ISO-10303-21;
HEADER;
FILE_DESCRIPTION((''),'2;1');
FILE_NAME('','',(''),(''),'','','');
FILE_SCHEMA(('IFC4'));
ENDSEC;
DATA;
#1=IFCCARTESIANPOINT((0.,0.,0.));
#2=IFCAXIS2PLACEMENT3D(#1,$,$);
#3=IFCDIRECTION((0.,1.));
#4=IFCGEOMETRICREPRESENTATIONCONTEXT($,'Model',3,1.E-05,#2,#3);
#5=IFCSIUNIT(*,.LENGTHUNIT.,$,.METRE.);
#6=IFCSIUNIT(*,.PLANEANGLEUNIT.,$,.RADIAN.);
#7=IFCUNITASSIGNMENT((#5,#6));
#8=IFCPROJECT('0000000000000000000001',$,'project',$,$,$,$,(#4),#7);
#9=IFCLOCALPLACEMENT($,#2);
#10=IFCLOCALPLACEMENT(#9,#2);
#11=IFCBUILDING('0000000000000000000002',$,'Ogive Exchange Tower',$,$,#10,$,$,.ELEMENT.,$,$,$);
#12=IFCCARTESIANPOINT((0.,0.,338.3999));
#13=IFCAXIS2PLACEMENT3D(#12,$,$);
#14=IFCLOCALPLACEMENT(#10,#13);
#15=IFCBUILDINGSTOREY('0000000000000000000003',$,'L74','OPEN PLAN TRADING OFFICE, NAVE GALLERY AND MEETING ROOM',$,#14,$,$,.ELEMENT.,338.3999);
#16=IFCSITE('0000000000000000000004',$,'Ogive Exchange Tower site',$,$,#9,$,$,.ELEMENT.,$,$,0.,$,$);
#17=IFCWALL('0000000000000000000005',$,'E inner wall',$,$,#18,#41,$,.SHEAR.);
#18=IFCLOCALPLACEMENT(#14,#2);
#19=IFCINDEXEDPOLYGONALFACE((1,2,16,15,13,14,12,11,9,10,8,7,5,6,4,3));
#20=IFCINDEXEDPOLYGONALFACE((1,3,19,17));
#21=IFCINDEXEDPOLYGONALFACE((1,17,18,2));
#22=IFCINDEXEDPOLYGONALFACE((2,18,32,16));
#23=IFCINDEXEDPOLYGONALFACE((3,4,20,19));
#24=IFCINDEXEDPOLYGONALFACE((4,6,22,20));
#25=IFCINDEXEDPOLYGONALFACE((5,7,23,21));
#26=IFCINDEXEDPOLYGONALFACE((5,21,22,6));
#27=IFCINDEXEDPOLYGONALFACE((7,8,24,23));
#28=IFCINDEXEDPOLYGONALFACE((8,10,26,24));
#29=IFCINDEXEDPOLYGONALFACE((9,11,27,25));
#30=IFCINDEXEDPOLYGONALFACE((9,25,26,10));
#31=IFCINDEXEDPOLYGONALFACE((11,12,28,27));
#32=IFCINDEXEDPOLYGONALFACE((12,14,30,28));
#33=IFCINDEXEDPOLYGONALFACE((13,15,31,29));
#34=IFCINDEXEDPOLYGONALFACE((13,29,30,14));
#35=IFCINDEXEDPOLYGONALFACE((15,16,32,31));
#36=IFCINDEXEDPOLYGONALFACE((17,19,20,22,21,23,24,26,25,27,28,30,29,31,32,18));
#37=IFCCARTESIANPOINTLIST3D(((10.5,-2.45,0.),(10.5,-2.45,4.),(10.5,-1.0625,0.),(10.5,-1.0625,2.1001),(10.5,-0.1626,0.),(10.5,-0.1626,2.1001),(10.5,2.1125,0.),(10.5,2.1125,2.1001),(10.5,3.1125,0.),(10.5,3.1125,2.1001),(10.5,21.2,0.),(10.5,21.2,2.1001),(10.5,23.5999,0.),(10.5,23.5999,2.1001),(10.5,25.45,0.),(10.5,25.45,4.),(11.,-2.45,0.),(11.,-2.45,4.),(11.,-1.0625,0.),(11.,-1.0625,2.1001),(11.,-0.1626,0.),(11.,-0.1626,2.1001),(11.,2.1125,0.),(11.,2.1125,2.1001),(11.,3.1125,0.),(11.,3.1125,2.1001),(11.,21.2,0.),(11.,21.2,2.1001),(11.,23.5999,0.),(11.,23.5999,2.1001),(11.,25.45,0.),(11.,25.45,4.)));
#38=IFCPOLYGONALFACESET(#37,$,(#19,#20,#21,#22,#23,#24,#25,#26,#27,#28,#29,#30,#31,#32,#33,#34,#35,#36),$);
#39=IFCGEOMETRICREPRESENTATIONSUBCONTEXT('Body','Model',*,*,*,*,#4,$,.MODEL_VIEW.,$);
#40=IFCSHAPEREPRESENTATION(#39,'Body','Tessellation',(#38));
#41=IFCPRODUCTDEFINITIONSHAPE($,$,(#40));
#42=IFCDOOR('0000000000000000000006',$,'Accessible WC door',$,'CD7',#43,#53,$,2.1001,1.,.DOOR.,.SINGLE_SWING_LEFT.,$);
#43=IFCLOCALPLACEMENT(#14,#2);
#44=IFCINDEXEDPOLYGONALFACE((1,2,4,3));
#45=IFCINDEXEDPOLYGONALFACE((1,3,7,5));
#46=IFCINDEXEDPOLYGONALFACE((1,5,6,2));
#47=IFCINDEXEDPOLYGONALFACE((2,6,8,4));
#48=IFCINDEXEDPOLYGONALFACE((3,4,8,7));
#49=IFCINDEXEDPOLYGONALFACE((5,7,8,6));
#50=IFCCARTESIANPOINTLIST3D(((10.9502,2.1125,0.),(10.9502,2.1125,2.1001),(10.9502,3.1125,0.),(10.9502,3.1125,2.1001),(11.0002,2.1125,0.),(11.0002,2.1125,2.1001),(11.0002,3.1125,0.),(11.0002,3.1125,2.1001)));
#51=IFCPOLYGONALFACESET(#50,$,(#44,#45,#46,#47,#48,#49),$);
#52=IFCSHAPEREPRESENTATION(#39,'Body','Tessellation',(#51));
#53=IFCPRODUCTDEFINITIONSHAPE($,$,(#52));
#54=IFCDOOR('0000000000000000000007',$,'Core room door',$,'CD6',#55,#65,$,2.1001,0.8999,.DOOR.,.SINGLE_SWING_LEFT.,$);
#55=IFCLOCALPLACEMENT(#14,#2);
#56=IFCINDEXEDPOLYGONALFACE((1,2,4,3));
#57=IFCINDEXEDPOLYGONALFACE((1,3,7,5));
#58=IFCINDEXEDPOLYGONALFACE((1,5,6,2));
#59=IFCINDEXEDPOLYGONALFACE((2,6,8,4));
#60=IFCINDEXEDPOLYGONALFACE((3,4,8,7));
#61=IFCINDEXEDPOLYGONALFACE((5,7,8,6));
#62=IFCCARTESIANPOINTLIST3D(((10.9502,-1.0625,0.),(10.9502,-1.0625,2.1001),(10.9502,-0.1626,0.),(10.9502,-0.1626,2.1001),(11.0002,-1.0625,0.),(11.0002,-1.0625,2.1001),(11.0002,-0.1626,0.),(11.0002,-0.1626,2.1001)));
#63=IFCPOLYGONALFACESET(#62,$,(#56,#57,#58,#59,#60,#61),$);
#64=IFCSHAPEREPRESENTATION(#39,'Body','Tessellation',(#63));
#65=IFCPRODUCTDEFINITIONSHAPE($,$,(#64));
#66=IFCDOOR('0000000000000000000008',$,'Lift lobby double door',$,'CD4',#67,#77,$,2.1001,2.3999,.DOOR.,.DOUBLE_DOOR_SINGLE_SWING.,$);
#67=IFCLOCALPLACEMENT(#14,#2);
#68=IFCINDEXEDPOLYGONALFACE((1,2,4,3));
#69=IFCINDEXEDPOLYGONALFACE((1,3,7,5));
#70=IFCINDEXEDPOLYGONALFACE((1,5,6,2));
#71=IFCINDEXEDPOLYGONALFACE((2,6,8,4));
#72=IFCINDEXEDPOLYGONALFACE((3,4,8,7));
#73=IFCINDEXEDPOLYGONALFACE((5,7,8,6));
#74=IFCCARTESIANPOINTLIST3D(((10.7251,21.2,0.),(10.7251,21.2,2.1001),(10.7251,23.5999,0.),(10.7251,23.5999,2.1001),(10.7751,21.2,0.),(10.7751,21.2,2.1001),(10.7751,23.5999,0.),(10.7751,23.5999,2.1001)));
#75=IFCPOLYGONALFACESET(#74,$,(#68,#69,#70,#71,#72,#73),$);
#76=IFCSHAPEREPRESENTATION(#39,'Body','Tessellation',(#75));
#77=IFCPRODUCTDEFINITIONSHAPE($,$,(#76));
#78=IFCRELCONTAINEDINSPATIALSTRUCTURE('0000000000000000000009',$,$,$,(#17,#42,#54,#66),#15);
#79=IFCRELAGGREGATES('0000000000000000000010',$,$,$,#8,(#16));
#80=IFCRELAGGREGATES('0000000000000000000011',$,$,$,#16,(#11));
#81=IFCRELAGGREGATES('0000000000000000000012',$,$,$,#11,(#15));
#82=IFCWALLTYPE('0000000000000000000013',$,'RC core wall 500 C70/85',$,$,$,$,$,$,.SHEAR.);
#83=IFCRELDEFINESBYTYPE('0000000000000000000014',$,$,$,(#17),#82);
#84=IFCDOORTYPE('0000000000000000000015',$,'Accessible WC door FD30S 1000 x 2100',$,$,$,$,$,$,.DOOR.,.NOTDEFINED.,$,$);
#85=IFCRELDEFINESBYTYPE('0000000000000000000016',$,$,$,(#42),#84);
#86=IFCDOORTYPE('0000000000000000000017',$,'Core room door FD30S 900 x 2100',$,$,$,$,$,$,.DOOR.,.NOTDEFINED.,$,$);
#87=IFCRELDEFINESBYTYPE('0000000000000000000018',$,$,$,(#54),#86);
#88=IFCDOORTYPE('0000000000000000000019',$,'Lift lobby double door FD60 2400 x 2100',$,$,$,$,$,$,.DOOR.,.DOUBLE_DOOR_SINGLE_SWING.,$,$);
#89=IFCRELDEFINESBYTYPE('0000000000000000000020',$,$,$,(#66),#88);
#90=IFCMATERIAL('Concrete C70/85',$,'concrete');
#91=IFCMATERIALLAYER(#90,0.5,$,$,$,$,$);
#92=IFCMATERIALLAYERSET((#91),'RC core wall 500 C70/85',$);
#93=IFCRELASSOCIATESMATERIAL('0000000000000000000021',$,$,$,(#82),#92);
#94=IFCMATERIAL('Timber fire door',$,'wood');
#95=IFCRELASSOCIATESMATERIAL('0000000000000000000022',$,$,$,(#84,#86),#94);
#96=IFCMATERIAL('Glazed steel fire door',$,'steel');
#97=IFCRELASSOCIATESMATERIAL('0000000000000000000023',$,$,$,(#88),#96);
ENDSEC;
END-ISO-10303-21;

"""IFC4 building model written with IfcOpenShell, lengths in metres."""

from ifc_helpers import new_model, si_unit, direction, frame, frame_2d, origin, place, context, subcontext, project, spatial, rectangle, extrude, material, layer, layer_set, type_object, element, fill, save


model = new_model("IFC4")

# Units and contexts
model_context = context("Model", 3, precision=1e-05, world=origin(), true_north=direction((0.0, 1.0)))
body_context = subcontext(model_context, "Body", "Model", "MODEL_VIEW")
ifc_project = project(units=[si_unit("LENGTHUNIT", "METRE"), si_unit("PLANEANGLEUNIT", "RADIAN")], contexts=[model_context])

# Site, building, storey
site_placement = place(None, origin())
site = spatial("IfcSite", under=ifc_project, at=site_placement, Name="Ogive Exchange Tower site", CompositionType="ELEMENT", RefElevation=0.0)
building_placement = place(site_placement, origin())
building = spatial("IfcBuilding", under=site, at=building_placement, Name="Ogive Exchange Tower", CompositionType="ELEMENT")
storey_placement = place(building_placement, frame((0.0, 0.0, 338.3999)))
storey = spatial("IfcBuildingStorey", under=building, at=storey_placement, Name="L74", Description="OPEN PLAN TRADING OFFICE, NAVE GALLERY AND MEETING ROOM", CompositionType="ELEMENT", Elevation=338.3999)

# Shared definitions
ifc_material_1 = material(Name="Concrete C70/85", Category="concrete")

# Wall, openings, doors
ifc_layer_1 = layer(ifc_material_1, 0.5)
ifc_layer_set_1 = layer_set([ifc_layer_1], Name="RC core wall 500 C70/85")
wall_type_1 = type_object("IfcWallType", Name="RC core wall 500 C70/85", PredefinedType="SHEAR", material=ifc_layer_set_1)
wall_1_placement = place(storey_placement, frame((10.75, -2.45, 0.0), z_axis=(0.0, 0.0, 1.0), x_axis=(0.0, 1.0, 0.0)))
wall_1 = element("IfcWall", 1, at=wall_1_placement, inside=storey, type_object=wall_type_1, Name="E inner wall", PredefinedType="SHEAR", context=body_context, shape_type="SweptSolid", body=[
    extrude(rectangle(XDim=27.8999, YDim=0.5, at=frame_2d((13.95, 0.0))), origin(), (0.0, 0.0, 1.0), 4.0),
])
opening_1_placement = place(wall_1_placement, frame((23.6499, 0.0, 0.0)))
opening_1 = element("IfcOpeningElement", 2, at=opening_1_placement, cuts=wall_1, PredefinedType="OPENING", context=body_context, shape_type="SweptSolid", body=[
    extrude(rectangle(XDim=2.3999, YDim=2.1001, at=frame_2d((1.2, 1.05))), frame((0.0, 0.26, 0.0), z_axis=(0.0, -1.0, 0.0), x_axis=(1.0, 0.0, 0.0)), (0.0, 0.0, 1.0), 0.52),
])
opening_2_placement = place(wall_1_placement, frame((1.3875, 0.0, 0.0)))
opening_2 = element("IfcOpeningElement", 3, at=opening_2_placement, cuts=wall_1, PredefinedType="OPENING", context=body_context, shape_type="SweptSolid", body=[
    extrude(rectangle(XDim=0.8999, YDim=2.1001, at=frame_2d((0.45, 1.05))), frame((0.0, 0.26, 0.0), z_axis=(0.0, -1.0, 0.0), x_axis=(1.0, 0.0, 0.0)), (0.0, 0.0, 1.0), 0.52),
])
opening_3_placement = place(wall_1_placement, frame((4.5625, 0.0, 0.0)))
opening_3 = element("IfcOpeningElement", 4, at=opening_3_placement, cuts=wall_1, PredefinedType="OPENING", context=body_context, shape_type="SweptSolid", body=[
    extrude(rectangle(XDim=1.0, YDim=2.1001, at=frame_2d((0.5, 1.05))), frame((0.0, 0.26, 0.0), z_axis=(0.0, -1.0, 0.0), x_axis=(1.0, 0.0, 0.0)), (0.0, 0.0, 1.0), 0.52),
])
ifc_material_2 = material(Name="Timber fire door", Category="wood")
door_type_1 = type_object("IfcDoorType", Name="Accessible WC door FD30S 1000 x 2100", OperationType="NOTDEFINED", PredefinedType="DOOR", material=ifc_material_2)
door_1_placement = place(opening_3_placement, origin())
door_1 = element("IfcDoor", 5, at=door_1_placement, inside=storey, type_object=door_type_1, Name="Accessible WC door", ObjectType="CD7", OperationType="SINGLE_SWING_LEFT", OverallHeight=2.1001, OverallWidth=1.0, PredefinedType="DOOR", context=body_context, shape_type="SweptSolid", body=[
    extrude(rectangle(XDim=1.0, YDim=2.1001, at=frame_2d((0.5, 1.05))), frame((0.0, -0.2002, 0.0), z_axis=(0.0, -1.0, 0.0), x_axis=(1.0, 0.0, 0.0)), (0.0, 0.0, 1.0), 0.05),
])
fill(opening_3, door_1)
door_type_2 = type_object("IfcDoorType", Name="Core room door FD30S 900 x 2100", OperationType="NOTDEFINED", PredefinedType="DOOR", material=ifc_material_2)
door_2_placement = place(opening_2_placement, origin())
door_2 = element("IfcDoor", 6, at=door_2_placement, inside=storey, type_object=door_type_2, Name="Core room door", ObjectType="CD6", OperationType="SINGLE_SWING_LEFT", OverallHeight=2.1001, OverallWidth=0.8999, PredefinedType="DOOR", context=body_context, shape_type="SweptSolid", body=[
    extrude(rectangle(XDim=0.8999, YDim=2.1001, at=frame_2d((0.45, 1.05))), frame((0.0, -0.2002, 0.0), z_axis=(0.0, -1.0, 0.0), x_axis=(1.0, 0.0, 0.0)), (0.0, 0.0, 1.0), 0.05),
])
fill(opening_2, door_2)
ifc_material_3 = material(Name="Glazed steel fire door", Category="steel")
door_type_3 = type_object("IfcDoorType", Name="Lift lobby double door FD60 2400 x 2100", OperationType="DOUBLE_DOOR_SINGLE_SWING", PredefinedType="DOOR", material=ifc_material_3)
door_3_placement = place(opening_1_placement, origin())
door_3 = element("IfcDoor", 7, at=door_3_placement, inside=storey, type_object=door_type_3, Name="Lift lobby double door", ObjectType="CD4", OperationType="DOUBLE_DOOR_SINGLE_SWING", OverallHeight=2.1001, OverallWidth=2.3999, PredefinedType="DOOR", context=body_context, shape_type="SweptSolid", body=[
    extrude(rectangle(XDim=2.3999, YDim=2.1001, at=frame_2d((1.2, 1.05))), frame((0.0, 0.0249, 0.0), z_axis=(0.0, -1.0, 0.0), x_axis=(1.0, 0.0, 0.0)), (0.0, 0.0, 1.0), 0.05),
])
fill(opening_1, door_3)

save(model, "model.ifc")
